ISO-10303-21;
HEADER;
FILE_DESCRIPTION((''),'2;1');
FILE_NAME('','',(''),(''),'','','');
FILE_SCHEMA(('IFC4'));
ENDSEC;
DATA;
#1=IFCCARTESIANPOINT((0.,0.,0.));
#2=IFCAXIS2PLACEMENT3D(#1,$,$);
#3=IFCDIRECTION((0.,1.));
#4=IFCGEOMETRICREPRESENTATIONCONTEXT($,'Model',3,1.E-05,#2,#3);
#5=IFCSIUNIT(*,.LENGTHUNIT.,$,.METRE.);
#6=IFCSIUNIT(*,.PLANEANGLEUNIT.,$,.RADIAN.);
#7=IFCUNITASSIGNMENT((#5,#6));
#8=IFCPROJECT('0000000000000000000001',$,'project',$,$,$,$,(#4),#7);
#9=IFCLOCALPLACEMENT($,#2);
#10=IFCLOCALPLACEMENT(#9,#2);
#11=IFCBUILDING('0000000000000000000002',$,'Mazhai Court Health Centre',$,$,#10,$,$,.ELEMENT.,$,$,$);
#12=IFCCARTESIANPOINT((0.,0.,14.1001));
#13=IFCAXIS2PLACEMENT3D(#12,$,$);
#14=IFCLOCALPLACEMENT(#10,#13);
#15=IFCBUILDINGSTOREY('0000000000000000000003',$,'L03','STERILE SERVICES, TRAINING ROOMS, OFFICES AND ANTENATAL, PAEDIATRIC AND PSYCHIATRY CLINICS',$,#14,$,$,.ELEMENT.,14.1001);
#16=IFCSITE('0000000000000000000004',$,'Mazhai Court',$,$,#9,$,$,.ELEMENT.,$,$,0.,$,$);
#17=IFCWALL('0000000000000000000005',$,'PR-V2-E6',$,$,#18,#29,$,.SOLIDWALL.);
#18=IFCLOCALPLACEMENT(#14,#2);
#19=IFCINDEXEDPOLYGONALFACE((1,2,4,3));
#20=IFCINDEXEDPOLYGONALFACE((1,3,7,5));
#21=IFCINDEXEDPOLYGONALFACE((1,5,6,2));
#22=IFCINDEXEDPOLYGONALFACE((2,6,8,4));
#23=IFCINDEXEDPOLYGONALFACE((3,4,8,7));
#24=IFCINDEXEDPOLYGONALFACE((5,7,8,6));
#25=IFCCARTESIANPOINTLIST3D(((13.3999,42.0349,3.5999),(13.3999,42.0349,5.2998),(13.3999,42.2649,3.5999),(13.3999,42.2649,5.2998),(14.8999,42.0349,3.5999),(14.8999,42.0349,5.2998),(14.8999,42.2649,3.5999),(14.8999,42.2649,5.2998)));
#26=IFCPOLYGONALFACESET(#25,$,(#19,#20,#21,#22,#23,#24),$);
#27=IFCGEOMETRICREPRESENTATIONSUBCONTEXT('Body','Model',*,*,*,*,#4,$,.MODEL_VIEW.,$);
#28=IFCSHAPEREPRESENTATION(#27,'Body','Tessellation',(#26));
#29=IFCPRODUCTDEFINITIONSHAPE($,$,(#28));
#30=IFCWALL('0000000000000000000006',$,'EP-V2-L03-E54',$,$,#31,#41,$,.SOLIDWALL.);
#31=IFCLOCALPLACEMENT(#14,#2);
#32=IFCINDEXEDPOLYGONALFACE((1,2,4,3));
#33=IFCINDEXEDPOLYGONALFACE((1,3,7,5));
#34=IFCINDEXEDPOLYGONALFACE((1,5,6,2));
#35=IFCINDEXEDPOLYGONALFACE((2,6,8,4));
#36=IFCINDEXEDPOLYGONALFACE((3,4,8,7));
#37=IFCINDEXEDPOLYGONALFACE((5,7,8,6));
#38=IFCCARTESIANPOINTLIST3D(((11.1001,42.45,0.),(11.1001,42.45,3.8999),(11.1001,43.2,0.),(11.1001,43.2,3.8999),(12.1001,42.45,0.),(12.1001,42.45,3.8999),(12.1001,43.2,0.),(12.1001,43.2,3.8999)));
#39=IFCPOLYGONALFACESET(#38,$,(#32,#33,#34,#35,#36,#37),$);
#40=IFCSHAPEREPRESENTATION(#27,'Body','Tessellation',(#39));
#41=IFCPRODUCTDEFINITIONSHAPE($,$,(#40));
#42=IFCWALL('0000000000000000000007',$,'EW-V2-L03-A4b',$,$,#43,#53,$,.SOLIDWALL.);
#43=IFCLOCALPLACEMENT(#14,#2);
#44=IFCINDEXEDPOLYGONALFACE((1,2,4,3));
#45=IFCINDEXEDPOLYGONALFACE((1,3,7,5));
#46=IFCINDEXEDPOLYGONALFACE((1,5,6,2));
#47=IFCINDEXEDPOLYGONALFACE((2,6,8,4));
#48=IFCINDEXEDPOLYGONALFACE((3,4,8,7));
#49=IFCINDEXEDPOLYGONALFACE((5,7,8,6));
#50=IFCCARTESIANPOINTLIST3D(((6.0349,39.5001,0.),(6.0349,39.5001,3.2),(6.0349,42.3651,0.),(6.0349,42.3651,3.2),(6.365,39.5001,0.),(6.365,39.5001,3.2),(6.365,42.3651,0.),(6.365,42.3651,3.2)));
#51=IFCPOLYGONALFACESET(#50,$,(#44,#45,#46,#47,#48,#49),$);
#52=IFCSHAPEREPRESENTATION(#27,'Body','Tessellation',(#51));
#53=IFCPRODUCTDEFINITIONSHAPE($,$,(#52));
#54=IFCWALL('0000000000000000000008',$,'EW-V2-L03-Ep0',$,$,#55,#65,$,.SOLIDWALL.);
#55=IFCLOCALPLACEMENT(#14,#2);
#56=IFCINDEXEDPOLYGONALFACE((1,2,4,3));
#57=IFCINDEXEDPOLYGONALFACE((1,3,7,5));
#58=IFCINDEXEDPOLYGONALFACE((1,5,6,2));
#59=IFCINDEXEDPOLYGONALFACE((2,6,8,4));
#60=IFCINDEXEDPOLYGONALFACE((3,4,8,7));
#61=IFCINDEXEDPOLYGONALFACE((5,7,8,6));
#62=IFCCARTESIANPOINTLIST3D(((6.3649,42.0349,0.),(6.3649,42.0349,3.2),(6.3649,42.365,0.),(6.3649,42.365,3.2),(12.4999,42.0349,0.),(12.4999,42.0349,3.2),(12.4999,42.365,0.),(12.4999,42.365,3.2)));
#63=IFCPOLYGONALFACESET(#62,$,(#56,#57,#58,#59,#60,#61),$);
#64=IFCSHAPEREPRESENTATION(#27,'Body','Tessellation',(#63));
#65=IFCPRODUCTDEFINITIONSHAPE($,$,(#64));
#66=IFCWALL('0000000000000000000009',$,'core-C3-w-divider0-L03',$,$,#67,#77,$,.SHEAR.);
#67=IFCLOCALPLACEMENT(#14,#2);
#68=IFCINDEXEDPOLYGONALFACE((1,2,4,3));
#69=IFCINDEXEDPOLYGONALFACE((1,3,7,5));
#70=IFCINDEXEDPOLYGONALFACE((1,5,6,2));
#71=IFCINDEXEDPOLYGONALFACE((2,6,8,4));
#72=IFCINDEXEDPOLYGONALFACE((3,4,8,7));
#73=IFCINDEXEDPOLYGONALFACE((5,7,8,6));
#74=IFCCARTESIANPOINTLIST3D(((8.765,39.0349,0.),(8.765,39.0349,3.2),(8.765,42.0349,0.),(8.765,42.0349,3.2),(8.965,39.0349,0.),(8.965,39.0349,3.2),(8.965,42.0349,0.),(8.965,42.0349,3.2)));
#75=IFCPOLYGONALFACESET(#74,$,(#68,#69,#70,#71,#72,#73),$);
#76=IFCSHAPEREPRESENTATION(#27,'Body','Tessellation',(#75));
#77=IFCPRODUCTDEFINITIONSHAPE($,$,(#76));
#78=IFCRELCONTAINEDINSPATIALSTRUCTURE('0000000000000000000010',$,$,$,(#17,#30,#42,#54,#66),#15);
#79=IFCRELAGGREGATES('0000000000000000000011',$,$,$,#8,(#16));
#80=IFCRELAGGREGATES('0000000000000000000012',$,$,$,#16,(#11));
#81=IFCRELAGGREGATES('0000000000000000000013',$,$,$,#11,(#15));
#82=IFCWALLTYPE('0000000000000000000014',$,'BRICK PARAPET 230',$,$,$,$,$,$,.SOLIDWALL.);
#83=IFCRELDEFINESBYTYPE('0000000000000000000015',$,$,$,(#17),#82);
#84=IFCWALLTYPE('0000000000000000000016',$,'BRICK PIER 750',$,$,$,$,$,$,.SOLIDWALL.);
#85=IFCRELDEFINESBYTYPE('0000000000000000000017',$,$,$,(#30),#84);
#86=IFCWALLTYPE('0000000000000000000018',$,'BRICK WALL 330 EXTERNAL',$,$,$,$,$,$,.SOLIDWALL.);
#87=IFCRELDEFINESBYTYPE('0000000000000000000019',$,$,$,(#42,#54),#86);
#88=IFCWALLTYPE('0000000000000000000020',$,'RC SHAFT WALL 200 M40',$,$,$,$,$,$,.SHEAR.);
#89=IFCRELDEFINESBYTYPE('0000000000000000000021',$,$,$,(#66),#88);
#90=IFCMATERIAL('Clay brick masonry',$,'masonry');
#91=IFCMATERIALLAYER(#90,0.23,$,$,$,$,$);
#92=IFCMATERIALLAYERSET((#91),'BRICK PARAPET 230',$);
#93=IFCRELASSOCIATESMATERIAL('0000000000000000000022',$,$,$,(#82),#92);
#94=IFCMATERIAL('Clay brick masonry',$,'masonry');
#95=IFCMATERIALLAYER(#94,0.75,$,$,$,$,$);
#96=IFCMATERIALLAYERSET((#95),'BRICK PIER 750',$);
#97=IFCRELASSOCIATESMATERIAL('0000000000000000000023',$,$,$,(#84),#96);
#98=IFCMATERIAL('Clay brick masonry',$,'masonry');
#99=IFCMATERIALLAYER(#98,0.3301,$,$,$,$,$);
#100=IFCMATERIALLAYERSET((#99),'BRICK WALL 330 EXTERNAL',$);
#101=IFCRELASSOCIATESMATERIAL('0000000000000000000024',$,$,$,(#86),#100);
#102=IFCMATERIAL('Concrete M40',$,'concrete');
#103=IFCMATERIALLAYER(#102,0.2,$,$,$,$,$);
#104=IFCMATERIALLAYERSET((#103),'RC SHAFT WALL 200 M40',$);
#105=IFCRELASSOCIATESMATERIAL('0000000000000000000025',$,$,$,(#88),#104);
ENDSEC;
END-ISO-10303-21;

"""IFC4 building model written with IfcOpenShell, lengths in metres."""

from ifc_helpers import new_model, si_unit, direction, frame, frame_2d, origin, place, context, subcontext, project, spatial, rectangle, extrude, material, layer, layer_set, type_object, element, save


model = new_model("IFC4")

# Units and contexts
model_context = context("Model", 3, precision=1e-05, world=origin(), true_north=direction((0.0, 1.0)))
body_context = subcontext(model_context, "Body", "Model", "MODEL_VIEW")
ifc_project = project(units=[si_unit("LENGTHUNIT", "METRE"), si_unit("PLANEANGLEUNIT", "RADIAN")], contexts=[model_context])

# Site, building, storey
site_placement = place(None, origin())
site = spatial("IfcSite", under=ifc_project, at=site_placement, Name="Mazhai Court", CompositionType="ELEMENT", RefElevation=0.0)
building_placement = place(site_placement, origin())
building = spatial("IfcBuilding", under=site, at=building_placement, Name="Mazhai Court Health Centre", CompositionType="ELEMENT")
storey_placement = place(building_placement, frame((0.0, 0.0, 14.1001)))
storey = spatial("IfcBuildingStorey", under=building, at=storey_placement, Name="L03", Description="STERILE SERVICES, TRAINING ROOMS, OFFICES AND ANTENATAL, PAEDIATRIC AND PSYCHIATRY CLINICS", CompositionType="ELEMENT", Elevation=14.1001)

# Walls
ifc_material_1 = material(Name="Clay brick masonry", Category="masonry")
ifc_layer_1 = layer(ifc_material_1, 0.23)
ifc_layer_set_1 = layer_set([ifc_layer_1], Name="BRICK PARAPET 230")
wall_type_1 = type_object("IfcWallType", Name="BRICK PARAPET 230", PredefinedType="SOLIDWALL", material=ifc_layer_set_1)
for number, where, z_axis, x_axis, name in (
    (1, (13.3999, 42.1499, 3.5999), (0.0, 0.0, 1.0), (1.0, 0.0, 0.0), "PR-V2-E6"),
):
    element("IfcWall", number, at=place(storey_placement, frame(where, z_axis=z_axis, x_axis=x_axis)), inside=storey, type_object=wall_type_1, Name=name, PredefinedType="SOLIDWALL", context=body_context, shape_type="SweptSolid", body=[
        extrude(rectangle(XDim=1.5, YDim=0.23, at=frame_2d((0.75, 0.0))), origin(), (0.0, 0.0, 1.0), 1.7),
    ])
ifc_material_2 = material(Name="Clay brick masonry", Category="masonry")
ifc_layer_2 = layer(ifc_material_2, 0.75)
ifc_layer_set_2 = layer_set([ifc_layer_2], Name="BRICK PIER 750")
wall_type_2 = type_object("IfcWallType", Name="BRICK PIER 750", PredefinedType="SOLIDWALL", material=ifc_layer_set_2)
wall_1_placement = place(storey_placement, frame((11.1001, 42.825, 0.0), z_axis=(0.0, 0.0, 1.0), x_axis=(1.0, 0.0, 0.0)))
element("IfcWall", 2, at=wall_1_placement, inside=storey, type_object=wall_type_2, Name="EP-V2-L03-E54", PredefinedType="SOLIDWALL", context=body_context, shape_type="SweptSolid", body=[
    extrude(rectangle(XDim=1.0, YDim=0.75, at=frame_2d((0.5, 0.0))), origin(), (0.0, 0.0, 1.0), 3.8999),
])
ifc_material_3 = material(Name="Clay brick masonry", Category="masonry")
ifc_layer_3 = layer(ifc_material_3, 0.3301)
ifc_layer_set_3 = layer_set([ifc_layer_3], Name="BRICK WALL 330 EXTERNAL")
wall_type_3 = type_object("IfcWallType", Name="BRICK WALL 330 EXTERNAL", PredefinedType="SOLIDWALL", material=ifc_layer_set_3)
wall_2_placement = place(storey_placement, frame((6.2, 39.5, 0.0), z_axis=(0.0, 0.0, 1.0), x_axis=(0.0, 1.0, 0.0)))
element("IfcWall", 3, at=wall_2_placement, inside=storey, type_object=wall_type_3, Name="EW-V2-L03-A4b", PredefinedType="SOLIDWALL", context=body_context, shape_type="SweptSolid", body=[
    extrude(rectangle(XDim=2.865, YDim=0.3301, at=frame_2d((1.4326, 0.0))), origin(), (0.0, 0.0, 1.0), 3.2),
])
wall_3_placement = place(storey_placement, frame((6.365, 42.2, 0.0), z_axis=(0.0, 0.0, 1.0), x_axis=(1.0, 0.0, 0.0)))
element("IfcWall", 4, at=wall_3_placement, inside=storey, type_object=wall_type_3, Name="EW-V2-L03-Ep0", PredefinedType="SOLIDWALL", context=body_context, shape_type="SweptSolid", body=[
    extrude(rectangle(XDim=6.135, YDim=0.3301, at=frame_2d((3.0674, 0.0))), origin(), (0.0, 0.0, 1.0), 3.2),
])
ifc_material_4 = material(Name="Concrete M40", Category="concrete")
ifc_layer_4 = layer(ifc_material_4, 0.2)
ifc_layer_set_4 = layer_set([ifc_layer_4], Name="RC SHAFT WALL 200 M40")
wall_type_4 = type_object("IfcWallType", Name="RC SHAFT WALL 200 M40", PredefinedType="SHEAR", material=ifc_layer_set_4)
wall_4_placement = place(storey_placement, frame((8.865, 42.0349, 0.0), z_axis=(0.0, 0.0, 1.0), x_axis=(0.0, -1.0, 0.0)))
element("IfcWall", 5, at=wall_4_placement, inside=storey, type_object=wall_type_4, Name="core-C3-w-divider0-L03", PredefinedType="SHEAR", context=body_context, shape_type="SweptSolid", body=[
    extrude(rectangle(XDim=3.0, YDim=0.2, at=frame_2d((1.5, 0.0))), origin(), (0.0, 0.0, 1.0), 3.2),
])

save(model, "model.ifc")
